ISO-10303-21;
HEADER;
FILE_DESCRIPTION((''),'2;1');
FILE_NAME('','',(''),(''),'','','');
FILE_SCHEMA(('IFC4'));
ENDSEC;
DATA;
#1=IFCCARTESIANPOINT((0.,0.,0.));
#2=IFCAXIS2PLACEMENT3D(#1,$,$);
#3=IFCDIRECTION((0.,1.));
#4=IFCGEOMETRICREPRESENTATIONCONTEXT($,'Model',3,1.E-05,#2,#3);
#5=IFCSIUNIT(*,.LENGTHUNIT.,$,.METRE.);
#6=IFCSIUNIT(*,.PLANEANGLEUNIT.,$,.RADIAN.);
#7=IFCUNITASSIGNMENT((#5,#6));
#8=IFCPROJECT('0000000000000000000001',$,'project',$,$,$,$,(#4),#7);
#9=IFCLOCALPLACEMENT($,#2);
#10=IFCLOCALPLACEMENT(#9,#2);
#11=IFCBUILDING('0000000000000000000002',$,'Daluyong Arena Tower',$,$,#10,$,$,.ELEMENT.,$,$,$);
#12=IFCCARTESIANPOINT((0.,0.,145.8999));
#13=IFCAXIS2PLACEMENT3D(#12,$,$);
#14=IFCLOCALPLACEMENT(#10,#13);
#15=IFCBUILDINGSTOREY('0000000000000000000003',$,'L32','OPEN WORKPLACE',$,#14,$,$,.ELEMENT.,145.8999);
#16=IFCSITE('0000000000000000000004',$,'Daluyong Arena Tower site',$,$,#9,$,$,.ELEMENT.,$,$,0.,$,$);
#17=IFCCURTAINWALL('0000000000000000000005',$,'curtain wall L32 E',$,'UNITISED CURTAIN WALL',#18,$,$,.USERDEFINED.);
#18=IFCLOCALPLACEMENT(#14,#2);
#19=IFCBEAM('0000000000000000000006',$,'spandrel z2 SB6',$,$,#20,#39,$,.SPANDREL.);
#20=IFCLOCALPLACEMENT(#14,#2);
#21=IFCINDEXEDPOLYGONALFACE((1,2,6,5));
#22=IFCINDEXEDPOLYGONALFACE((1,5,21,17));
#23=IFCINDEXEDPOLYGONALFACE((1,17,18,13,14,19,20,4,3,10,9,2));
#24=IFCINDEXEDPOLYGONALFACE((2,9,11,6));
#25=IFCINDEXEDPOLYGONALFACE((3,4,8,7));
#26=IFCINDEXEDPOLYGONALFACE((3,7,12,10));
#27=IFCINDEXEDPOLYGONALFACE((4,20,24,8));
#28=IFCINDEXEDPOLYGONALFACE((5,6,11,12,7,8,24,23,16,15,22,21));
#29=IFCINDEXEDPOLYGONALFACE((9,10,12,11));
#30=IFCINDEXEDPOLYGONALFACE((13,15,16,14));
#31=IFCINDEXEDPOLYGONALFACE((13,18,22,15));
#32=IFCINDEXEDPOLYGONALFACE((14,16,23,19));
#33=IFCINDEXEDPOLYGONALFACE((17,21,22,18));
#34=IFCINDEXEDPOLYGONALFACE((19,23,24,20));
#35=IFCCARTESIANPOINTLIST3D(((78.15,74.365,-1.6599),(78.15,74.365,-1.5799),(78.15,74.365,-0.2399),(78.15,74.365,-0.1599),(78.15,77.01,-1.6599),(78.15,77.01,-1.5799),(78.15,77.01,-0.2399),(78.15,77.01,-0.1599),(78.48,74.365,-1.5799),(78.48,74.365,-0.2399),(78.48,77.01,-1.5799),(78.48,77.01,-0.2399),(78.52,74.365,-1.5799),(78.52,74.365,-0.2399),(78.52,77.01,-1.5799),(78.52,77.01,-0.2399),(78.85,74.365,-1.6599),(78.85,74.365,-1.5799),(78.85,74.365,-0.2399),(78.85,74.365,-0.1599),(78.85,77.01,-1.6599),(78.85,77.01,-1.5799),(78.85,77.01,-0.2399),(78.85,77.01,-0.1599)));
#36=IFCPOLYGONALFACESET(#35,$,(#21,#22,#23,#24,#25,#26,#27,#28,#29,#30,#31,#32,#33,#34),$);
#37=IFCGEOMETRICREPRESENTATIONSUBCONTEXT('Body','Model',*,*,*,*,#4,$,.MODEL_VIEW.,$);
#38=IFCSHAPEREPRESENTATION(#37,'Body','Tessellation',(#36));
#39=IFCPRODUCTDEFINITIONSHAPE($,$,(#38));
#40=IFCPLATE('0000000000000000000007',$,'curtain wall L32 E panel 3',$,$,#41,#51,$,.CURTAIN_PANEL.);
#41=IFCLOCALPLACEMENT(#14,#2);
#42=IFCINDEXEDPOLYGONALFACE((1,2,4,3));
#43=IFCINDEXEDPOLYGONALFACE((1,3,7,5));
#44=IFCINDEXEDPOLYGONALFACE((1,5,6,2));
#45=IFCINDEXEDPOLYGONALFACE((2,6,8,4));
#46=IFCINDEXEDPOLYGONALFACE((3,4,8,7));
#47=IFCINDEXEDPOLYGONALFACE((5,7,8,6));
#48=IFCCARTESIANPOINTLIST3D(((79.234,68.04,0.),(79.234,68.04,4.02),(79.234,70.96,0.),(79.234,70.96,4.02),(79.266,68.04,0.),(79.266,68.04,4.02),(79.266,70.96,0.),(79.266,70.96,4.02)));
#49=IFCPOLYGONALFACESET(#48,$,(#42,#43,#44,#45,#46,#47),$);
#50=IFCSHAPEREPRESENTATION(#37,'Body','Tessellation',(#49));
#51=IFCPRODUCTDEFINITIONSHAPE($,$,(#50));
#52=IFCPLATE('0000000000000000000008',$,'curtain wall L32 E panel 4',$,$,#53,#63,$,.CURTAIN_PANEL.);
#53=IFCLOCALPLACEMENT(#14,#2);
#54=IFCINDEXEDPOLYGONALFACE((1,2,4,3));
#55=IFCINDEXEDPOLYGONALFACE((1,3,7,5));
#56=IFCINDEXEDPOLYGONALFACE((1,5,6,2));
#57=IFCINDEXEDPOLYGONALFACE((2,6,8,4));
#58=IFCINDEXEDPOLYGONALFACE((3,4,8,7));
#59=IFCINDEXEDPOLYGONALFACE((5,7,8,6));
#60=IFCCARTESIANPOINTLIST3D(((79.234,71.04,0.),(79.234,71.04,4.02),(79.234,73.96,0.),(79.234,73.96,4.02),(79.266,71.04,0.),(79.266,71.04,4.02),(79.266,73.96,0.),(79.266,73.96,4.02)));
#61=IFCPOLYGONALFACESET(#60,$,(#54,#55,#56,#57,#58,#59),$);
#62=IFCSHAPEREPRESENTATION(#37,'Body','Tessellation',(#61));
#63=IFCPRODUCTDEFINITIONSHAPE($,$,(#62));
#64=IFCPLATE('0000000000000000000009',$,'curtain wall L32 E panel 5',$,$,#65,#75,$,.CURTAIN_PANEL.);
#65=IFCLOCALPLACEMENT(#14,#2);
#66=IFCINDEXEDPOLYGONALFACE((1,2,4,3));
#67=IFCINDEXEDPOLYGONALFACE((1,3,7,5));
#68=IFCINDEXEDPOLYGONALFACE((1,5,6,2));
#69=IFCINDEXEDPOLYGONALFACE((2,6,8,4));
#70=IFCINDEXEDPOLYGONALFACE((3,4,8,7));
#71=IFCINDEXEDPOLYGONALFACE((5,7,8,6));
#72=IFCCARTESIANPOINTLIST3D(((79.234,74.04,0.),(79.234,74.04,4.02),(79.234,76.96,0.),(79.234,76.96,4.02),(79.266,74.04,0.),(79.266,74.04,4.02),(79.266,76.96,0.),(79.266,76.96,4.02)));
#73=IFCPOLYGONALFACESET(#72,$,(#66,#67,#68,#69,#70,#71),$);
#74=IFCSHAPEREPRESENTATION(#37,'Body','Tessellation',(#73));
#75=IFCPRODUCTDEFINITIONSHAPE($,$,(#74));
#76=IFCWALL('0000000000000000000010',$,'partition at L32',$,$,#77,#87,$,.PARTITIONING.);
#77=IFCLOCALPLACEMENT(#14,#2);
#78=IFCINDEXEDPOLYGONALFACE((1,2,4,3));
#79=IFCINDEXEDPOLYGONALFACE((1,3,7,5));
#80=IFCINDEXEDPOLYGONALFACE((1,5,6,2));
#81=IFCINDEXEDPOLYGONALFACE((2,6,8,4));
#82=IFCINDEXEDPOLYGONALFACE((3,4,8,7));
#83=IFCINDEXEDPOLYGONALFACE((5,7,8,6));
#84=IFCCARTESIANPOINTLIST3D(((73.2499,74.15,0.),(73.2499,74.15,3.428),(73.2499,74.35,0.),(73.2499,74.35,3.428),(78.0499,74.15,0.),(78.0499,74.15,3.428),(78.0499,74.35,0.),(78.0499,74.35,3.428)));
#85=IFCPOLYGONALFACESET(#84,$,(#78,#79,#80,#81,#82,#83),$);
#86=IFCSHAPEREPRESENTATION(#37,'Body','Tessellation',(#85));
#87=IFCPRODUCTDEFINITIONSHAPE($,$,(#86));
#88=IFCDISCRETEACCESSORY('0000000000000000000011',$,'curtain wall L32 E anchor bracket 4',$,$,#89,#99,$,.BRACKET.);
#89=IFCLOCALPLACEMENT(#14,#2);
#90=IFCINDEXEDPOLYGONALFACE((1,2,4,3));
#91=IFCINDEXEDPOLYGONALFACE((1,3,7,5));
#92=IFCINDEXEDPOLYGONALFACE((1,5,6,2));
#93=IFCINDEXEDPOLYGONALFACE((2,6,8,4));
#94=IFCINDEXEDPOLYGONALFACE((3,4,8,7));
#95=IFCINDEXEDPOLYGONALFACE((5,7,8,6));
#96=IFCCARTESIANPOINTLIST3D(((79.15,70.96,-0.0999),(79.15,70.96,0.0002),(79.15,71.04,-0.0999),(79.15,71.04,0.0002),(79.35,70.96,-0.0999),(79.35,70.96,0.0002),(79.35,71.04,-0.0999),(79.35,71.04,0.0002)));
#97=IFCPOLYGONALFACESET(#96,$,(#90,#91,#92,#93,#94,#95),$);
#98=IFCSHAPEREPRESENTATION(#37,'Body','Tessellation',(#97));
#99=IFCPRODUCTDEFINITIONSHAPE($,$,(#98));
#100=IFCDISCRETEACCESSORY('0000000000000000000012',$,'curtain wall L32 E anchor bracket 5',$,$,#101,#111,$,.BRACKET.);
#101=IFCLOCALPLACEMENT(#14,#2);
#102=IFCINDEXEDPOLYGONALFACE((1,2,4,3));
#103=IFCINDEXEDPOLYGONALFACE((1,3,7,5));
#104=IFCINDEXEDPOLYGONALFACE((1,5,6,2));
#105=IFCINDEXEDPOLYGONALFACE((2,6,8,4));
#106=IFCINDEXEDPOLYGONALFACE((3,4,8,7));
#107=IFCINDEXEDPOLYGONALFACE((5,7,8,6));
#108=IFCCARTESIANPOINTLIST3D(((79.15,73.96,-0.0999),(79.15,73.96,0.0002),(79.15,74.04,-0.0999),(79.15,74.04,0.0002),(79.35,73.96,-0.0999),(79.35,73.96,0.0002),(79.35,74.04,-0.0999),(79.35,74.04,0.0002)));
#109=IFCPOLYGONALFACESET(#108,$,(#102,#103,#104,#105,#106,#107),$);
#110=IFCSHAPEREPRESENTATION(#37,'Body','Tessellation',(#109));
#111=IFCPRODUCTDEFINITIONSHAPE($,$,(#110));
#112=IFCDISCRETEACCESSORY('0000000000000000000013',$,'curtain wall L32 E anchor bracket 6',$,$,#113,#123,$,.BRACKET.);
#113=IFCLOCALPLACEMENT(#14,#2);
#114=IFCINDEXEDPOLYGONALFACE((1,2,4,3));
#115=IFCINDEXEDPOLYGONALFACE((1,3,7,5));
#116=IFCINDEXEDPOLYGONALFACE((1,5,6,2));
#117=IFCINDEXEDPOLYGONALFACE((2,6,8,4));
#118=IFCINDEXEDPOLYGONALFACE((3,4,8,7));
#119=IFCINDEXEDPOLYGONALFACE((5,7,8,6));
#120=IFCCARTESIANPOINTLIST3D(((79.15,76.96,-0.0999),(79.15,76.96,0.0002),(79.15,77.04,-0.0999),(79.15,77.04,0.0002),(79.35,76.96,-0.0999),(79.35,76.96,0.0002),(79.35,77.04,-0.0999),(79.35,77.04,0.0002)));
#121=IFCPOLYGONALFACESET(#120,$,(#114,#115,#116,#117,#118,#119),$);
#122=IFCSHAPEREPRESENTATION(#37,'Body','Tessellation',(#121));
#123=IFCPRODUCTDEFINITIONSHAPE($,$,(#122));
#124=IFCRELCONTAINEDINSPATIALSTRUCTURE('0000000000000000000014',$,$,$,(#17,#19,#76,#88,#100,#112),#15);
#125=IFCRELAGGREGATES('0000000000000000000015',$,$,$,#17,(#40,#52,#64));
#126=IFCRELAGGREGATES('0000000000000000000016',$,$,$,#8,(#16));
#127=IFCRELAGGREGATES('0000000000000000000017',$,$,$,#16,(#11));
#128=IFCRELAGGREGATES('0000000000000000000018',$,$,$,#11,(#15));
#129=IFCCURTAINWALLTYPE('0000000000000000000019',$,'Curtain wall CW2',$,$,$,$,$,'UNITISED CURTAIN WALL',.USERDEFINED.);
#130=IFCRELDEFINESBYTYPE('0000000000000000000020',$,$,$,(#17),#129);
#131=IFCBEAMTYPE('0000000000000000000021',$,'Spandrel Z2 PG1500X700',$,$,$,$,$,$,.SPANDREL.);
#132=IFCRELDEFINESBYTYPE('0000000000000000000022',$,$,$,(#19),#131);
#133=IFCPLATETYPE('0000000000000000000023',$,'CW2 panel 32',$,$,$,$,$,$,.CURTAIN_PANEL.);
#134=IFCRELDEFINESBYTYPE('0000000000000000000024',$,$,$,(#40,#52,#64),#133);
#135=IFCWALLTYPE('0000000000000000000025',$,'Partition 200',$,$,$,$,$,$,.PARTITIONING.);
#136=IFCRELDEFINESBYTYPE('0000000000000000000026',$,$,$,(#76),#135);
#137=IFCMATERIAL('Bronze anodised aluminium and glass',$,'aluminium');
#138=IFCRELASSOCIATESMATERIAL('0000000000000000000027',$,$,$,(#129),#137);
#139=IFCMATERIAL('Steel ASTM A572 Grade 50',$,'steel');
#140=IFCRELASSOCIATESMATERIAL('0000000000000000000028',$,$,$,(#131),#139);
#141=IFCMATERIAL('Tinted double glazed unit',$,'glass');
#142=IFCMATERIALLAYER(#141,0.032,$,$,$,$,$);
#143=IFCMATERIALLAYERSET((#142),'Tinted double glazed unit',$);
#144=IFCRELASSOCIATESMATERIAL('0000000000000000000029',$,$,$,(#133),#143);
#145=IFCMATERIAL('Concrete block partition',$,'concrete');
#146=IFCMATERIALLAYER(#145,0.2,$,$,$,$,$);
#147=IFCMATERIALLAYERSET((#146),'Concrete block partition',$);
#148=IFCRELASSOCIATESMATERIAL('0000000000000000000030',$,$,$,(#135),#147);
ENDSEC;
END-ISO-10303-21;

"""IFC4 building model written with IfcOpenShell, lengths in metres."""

from ifc_helpers import new_model, si_unit, direction, frame, frame_2d, origin, origin_2d, place, context, subcontext, project, spatial, rectangle, i_section, extrude, material, layer, layer_set, material_profile, profile_set, type_object, element, aggregate, save


model = new_model("IFC4")

# Units and contexts
model_context = context("Model", 3, precision=1e-05, world=origin(), true_north=direction((0.0, 1.0)))
body_context = subcontext(model_context, "Body", "Model", "MODEL_VIEW")
ifc_project = project(units=[si_unit("LENGTHUNIT", "METRE"), si_unit("PLANEANGLEUNIT", "RADIAN")], contexts=[model_context])

# Site, building, storey
site_placement = place(None, origin())
site = spatial("IfcSite", under=ifc_project, at=site_placement, Name="Daluyong Arena Tower site", CompositionType="ELEMENT", RefElevation=0.0)
building_placement = place(site_placement, origin())
building = spatial("IfcBuilding", under=site, at=building_placement, Name="Daluyong Arena Tower", CompositionType="ELEMENT")
storey_placement = place(building_placement, frame((0.0, 0.0, 145.8999)))
storey = spatial("IfcBuildingStorey", under=building, at=storey_placement, Name="L32", Description="OPEN WORKPLACE", CompositionType="ELEMENT", Elevation=145.8999)

# Curtain wall
ifc_material_1 = material(Name="Bronze anodised aluminium and glass", Category="aluminium")
curtain_wall_type = type_object("IfcCurtainWallType", Name="Curtain wall CW2", ElementType="UNITISED CURTAIN WALL", PredefinedType="USERDEFINED", material=ifc_material_1)
curtain_wall_placement = place(storey_placement, origin())
curtain_wall = element("IfcCurtainWall", 1, at=curtain_wall_placement, inside=storey, type_object=curtain_wall_type, Name="curtain wall L32 E", ObjectType="UNITISED CURTAIN WALL", PredefinedType="USERDEFINED")

# Beam
ifc_material_2 = material(Name="Steel ASTM A572 Grade 50", Category="steel")
ifc_material_profile_1 = material_profile(ifc_material_2, i_section(OverallWidth=0.7, OverallDepth=1.5, WebThickness=0.04, FlangeThickness=0.08, at=origin_2d()))
ifc_profile_set_1 = profile_set([ifc_material_profile_1], Name="Steel ASTM A572 Grade 50")
beam_type_1 = type_object("IfcBeamType", Name="Spandrel Z2 PG1500X700", PredefinedType="SPANDREL", material=ifc_profile_set_1)
for number, where, z_axis, x_axis, name in (
    (2, (78.5, 74.365, -0.9099), (0.0, 1.0, 0.0), (-1.0, 0.0, 0.0), "spandrel z2 SB6"),
):
    element("IfcBeam", number, at=place(storey_placement, frame(where, z_axis=z_axis, x_axis=x_axis)), inside=storey, type_object=beam_type_1, Name=name, PredefinedType="SPANDREL", context=body_context, shape_type="SweptSolid", body=[
        extrude(i_section(OverallWidth=0.7, OverallDepth=1.5, WebThickness=0.04, FlangeThickness=0.08, at=origin_2d()), origin(), (0.0, 0.0, 1.0), 2.645),
    ])

# Plates
ifc_material_3 = material(Name="Tinted double glazed unit", Category="glass")
ifc_layer_1 = layer(ifc_material_3, 0.032)
ifc_layer_set_1 = layer_set([ifc_layer_1], Name="Tinted double glazed unit")
plate_type = type_object("IfcPlateType", Name="CW2 panel 32", PredefinedType="CURTAIN_PANEL", material=ifc_layer_set_1)
plate_1_placement = place(storey_placement, frame((79.25, 69.5, 0.0), z_axis=(0.0, 0.0, 1.0), x_axis=(0.0, 1.0, 0.0)))
plate_1 = element("IfcPlate", 3, at=plate_1_placement, type_object=plate_type, Name="curtain wall L32 E panel 3", PredefinedType="CURTAIN_PANEL", context=body_context, shape_type="SweptSolid", body=[
    extrude(rectangle(XDim=2.9199, YDim=0.032, at=origin_2d()), origin(), (0.0, 0.0, 1.0), 4.02),
])
plate_2_placement = place(storey_placement, frame((79.25, 72.5, 0.0), z_axis=(0.0, 0.0, 1.0), x_axis=(0.0, 1.0, 0.0)))
plate_2 = element("IfcPlate", 4, at=plate_2_placement, type_object=plate_type, Name="curtain wall L32 E panel 4", PredefinedType="CURTAIN_PANEL", context=body_context, shape_type="SweptSolid", body=[
    extrude(rectangle(XDim=2.9199, YDim=0.032, at=origin_2d()), origin(), (0.0, 0.0, 1.0), 4.02),
])
plate_3_placement = place(storey_placement, frame((79.25, 75.5, 0.0), z_axis=(0.0, 0.0, 1.0), x_axis=(0.0, 1.0, 0.0)))
plate_3 = element("IfcPlate", 5, at=plate_3_placement, type_object=plate_type, Name="curtain wall L32 E panel 5", PredefinedType="CURTAIN_PANEL", context=body_context, shape_type="SweptSolid", body=[
    extrude(rectangle(XDim=2.9199, YDim=0.032, at=origin_2d()), origin(), (0.0, 0.0, 1.0), 4.02),
])
aggregate(curtain_wall, [plate_1, plate_2, plate_3])

# Wall
ifc_material_4 = material(Name="Concrete block partition", Category="concrete")
ifc_layer_2 = layer(ifc_material_4, 0.2)
ifc_layer_set_2 = layer_set([ifc_layer_2], Name="Concrete block partition")
wall_type = type_object("IfcWallType", Name="Partition 200", PredefinedType="PARTITIONING", material=ifc_layer_set_2)
wall_placement = place(storey_placement, frame((73.25, 74.25, 0.0), z_axis=(0.0, 0.0, 1.0), x_axis=(1.0, 0.0, 0.0)))
element("IfcWall", 6, at=wall_placement, inside=storey, type_object=wall_type, Name="partition at L32", PredefinedType="PARTITIONING", context=body_context, shape_type="SweptSolid", body=[
    extrude(rectangle(XDim=4.8, YDim=0.2, at=frame_2d((2.3999, 0.0))), origin(), (0.0, 0.0, 1.0), 3.428),
])

# Discrete accessories
for number, where, z_axis, x_axis, name in (
    (7, (79.25, 71.0, -0.0999), (0.0, 0.0, 1.0), (0.0, 1.0, 0.0), "curtain wall L32 E anchor bracket 4"),
    (8, (79.25, 74.0, -0.0999), (0.0, 0.0, 1.0), (0.0, 1.0, 0.0), "curtain wall L32 E anchor bracket 5"),
    (9, (79.25, 77.0, -0.0999), (0.0, 0.0, 1.0), (0.0, 1.0, 0.0), "curtain wall L32 E anchor bracket 6"),
):
    element("IfcDiscreteAccessory", number, at=place(storey_placement, frame(where, z_axis=z_axis, x_axis=x_axis)), inside=storey, Name=name, PredefinedType="BRACKET", context=body_context, shape_type="SweptSolid", body=[
        extrude(rectangle(XDim=0.0801, YDim=0.2, at=origin_2d()), origin(), (0.0, 0.0, 1.0), 0.1001),
    ])

save(model, "model.ifc")
